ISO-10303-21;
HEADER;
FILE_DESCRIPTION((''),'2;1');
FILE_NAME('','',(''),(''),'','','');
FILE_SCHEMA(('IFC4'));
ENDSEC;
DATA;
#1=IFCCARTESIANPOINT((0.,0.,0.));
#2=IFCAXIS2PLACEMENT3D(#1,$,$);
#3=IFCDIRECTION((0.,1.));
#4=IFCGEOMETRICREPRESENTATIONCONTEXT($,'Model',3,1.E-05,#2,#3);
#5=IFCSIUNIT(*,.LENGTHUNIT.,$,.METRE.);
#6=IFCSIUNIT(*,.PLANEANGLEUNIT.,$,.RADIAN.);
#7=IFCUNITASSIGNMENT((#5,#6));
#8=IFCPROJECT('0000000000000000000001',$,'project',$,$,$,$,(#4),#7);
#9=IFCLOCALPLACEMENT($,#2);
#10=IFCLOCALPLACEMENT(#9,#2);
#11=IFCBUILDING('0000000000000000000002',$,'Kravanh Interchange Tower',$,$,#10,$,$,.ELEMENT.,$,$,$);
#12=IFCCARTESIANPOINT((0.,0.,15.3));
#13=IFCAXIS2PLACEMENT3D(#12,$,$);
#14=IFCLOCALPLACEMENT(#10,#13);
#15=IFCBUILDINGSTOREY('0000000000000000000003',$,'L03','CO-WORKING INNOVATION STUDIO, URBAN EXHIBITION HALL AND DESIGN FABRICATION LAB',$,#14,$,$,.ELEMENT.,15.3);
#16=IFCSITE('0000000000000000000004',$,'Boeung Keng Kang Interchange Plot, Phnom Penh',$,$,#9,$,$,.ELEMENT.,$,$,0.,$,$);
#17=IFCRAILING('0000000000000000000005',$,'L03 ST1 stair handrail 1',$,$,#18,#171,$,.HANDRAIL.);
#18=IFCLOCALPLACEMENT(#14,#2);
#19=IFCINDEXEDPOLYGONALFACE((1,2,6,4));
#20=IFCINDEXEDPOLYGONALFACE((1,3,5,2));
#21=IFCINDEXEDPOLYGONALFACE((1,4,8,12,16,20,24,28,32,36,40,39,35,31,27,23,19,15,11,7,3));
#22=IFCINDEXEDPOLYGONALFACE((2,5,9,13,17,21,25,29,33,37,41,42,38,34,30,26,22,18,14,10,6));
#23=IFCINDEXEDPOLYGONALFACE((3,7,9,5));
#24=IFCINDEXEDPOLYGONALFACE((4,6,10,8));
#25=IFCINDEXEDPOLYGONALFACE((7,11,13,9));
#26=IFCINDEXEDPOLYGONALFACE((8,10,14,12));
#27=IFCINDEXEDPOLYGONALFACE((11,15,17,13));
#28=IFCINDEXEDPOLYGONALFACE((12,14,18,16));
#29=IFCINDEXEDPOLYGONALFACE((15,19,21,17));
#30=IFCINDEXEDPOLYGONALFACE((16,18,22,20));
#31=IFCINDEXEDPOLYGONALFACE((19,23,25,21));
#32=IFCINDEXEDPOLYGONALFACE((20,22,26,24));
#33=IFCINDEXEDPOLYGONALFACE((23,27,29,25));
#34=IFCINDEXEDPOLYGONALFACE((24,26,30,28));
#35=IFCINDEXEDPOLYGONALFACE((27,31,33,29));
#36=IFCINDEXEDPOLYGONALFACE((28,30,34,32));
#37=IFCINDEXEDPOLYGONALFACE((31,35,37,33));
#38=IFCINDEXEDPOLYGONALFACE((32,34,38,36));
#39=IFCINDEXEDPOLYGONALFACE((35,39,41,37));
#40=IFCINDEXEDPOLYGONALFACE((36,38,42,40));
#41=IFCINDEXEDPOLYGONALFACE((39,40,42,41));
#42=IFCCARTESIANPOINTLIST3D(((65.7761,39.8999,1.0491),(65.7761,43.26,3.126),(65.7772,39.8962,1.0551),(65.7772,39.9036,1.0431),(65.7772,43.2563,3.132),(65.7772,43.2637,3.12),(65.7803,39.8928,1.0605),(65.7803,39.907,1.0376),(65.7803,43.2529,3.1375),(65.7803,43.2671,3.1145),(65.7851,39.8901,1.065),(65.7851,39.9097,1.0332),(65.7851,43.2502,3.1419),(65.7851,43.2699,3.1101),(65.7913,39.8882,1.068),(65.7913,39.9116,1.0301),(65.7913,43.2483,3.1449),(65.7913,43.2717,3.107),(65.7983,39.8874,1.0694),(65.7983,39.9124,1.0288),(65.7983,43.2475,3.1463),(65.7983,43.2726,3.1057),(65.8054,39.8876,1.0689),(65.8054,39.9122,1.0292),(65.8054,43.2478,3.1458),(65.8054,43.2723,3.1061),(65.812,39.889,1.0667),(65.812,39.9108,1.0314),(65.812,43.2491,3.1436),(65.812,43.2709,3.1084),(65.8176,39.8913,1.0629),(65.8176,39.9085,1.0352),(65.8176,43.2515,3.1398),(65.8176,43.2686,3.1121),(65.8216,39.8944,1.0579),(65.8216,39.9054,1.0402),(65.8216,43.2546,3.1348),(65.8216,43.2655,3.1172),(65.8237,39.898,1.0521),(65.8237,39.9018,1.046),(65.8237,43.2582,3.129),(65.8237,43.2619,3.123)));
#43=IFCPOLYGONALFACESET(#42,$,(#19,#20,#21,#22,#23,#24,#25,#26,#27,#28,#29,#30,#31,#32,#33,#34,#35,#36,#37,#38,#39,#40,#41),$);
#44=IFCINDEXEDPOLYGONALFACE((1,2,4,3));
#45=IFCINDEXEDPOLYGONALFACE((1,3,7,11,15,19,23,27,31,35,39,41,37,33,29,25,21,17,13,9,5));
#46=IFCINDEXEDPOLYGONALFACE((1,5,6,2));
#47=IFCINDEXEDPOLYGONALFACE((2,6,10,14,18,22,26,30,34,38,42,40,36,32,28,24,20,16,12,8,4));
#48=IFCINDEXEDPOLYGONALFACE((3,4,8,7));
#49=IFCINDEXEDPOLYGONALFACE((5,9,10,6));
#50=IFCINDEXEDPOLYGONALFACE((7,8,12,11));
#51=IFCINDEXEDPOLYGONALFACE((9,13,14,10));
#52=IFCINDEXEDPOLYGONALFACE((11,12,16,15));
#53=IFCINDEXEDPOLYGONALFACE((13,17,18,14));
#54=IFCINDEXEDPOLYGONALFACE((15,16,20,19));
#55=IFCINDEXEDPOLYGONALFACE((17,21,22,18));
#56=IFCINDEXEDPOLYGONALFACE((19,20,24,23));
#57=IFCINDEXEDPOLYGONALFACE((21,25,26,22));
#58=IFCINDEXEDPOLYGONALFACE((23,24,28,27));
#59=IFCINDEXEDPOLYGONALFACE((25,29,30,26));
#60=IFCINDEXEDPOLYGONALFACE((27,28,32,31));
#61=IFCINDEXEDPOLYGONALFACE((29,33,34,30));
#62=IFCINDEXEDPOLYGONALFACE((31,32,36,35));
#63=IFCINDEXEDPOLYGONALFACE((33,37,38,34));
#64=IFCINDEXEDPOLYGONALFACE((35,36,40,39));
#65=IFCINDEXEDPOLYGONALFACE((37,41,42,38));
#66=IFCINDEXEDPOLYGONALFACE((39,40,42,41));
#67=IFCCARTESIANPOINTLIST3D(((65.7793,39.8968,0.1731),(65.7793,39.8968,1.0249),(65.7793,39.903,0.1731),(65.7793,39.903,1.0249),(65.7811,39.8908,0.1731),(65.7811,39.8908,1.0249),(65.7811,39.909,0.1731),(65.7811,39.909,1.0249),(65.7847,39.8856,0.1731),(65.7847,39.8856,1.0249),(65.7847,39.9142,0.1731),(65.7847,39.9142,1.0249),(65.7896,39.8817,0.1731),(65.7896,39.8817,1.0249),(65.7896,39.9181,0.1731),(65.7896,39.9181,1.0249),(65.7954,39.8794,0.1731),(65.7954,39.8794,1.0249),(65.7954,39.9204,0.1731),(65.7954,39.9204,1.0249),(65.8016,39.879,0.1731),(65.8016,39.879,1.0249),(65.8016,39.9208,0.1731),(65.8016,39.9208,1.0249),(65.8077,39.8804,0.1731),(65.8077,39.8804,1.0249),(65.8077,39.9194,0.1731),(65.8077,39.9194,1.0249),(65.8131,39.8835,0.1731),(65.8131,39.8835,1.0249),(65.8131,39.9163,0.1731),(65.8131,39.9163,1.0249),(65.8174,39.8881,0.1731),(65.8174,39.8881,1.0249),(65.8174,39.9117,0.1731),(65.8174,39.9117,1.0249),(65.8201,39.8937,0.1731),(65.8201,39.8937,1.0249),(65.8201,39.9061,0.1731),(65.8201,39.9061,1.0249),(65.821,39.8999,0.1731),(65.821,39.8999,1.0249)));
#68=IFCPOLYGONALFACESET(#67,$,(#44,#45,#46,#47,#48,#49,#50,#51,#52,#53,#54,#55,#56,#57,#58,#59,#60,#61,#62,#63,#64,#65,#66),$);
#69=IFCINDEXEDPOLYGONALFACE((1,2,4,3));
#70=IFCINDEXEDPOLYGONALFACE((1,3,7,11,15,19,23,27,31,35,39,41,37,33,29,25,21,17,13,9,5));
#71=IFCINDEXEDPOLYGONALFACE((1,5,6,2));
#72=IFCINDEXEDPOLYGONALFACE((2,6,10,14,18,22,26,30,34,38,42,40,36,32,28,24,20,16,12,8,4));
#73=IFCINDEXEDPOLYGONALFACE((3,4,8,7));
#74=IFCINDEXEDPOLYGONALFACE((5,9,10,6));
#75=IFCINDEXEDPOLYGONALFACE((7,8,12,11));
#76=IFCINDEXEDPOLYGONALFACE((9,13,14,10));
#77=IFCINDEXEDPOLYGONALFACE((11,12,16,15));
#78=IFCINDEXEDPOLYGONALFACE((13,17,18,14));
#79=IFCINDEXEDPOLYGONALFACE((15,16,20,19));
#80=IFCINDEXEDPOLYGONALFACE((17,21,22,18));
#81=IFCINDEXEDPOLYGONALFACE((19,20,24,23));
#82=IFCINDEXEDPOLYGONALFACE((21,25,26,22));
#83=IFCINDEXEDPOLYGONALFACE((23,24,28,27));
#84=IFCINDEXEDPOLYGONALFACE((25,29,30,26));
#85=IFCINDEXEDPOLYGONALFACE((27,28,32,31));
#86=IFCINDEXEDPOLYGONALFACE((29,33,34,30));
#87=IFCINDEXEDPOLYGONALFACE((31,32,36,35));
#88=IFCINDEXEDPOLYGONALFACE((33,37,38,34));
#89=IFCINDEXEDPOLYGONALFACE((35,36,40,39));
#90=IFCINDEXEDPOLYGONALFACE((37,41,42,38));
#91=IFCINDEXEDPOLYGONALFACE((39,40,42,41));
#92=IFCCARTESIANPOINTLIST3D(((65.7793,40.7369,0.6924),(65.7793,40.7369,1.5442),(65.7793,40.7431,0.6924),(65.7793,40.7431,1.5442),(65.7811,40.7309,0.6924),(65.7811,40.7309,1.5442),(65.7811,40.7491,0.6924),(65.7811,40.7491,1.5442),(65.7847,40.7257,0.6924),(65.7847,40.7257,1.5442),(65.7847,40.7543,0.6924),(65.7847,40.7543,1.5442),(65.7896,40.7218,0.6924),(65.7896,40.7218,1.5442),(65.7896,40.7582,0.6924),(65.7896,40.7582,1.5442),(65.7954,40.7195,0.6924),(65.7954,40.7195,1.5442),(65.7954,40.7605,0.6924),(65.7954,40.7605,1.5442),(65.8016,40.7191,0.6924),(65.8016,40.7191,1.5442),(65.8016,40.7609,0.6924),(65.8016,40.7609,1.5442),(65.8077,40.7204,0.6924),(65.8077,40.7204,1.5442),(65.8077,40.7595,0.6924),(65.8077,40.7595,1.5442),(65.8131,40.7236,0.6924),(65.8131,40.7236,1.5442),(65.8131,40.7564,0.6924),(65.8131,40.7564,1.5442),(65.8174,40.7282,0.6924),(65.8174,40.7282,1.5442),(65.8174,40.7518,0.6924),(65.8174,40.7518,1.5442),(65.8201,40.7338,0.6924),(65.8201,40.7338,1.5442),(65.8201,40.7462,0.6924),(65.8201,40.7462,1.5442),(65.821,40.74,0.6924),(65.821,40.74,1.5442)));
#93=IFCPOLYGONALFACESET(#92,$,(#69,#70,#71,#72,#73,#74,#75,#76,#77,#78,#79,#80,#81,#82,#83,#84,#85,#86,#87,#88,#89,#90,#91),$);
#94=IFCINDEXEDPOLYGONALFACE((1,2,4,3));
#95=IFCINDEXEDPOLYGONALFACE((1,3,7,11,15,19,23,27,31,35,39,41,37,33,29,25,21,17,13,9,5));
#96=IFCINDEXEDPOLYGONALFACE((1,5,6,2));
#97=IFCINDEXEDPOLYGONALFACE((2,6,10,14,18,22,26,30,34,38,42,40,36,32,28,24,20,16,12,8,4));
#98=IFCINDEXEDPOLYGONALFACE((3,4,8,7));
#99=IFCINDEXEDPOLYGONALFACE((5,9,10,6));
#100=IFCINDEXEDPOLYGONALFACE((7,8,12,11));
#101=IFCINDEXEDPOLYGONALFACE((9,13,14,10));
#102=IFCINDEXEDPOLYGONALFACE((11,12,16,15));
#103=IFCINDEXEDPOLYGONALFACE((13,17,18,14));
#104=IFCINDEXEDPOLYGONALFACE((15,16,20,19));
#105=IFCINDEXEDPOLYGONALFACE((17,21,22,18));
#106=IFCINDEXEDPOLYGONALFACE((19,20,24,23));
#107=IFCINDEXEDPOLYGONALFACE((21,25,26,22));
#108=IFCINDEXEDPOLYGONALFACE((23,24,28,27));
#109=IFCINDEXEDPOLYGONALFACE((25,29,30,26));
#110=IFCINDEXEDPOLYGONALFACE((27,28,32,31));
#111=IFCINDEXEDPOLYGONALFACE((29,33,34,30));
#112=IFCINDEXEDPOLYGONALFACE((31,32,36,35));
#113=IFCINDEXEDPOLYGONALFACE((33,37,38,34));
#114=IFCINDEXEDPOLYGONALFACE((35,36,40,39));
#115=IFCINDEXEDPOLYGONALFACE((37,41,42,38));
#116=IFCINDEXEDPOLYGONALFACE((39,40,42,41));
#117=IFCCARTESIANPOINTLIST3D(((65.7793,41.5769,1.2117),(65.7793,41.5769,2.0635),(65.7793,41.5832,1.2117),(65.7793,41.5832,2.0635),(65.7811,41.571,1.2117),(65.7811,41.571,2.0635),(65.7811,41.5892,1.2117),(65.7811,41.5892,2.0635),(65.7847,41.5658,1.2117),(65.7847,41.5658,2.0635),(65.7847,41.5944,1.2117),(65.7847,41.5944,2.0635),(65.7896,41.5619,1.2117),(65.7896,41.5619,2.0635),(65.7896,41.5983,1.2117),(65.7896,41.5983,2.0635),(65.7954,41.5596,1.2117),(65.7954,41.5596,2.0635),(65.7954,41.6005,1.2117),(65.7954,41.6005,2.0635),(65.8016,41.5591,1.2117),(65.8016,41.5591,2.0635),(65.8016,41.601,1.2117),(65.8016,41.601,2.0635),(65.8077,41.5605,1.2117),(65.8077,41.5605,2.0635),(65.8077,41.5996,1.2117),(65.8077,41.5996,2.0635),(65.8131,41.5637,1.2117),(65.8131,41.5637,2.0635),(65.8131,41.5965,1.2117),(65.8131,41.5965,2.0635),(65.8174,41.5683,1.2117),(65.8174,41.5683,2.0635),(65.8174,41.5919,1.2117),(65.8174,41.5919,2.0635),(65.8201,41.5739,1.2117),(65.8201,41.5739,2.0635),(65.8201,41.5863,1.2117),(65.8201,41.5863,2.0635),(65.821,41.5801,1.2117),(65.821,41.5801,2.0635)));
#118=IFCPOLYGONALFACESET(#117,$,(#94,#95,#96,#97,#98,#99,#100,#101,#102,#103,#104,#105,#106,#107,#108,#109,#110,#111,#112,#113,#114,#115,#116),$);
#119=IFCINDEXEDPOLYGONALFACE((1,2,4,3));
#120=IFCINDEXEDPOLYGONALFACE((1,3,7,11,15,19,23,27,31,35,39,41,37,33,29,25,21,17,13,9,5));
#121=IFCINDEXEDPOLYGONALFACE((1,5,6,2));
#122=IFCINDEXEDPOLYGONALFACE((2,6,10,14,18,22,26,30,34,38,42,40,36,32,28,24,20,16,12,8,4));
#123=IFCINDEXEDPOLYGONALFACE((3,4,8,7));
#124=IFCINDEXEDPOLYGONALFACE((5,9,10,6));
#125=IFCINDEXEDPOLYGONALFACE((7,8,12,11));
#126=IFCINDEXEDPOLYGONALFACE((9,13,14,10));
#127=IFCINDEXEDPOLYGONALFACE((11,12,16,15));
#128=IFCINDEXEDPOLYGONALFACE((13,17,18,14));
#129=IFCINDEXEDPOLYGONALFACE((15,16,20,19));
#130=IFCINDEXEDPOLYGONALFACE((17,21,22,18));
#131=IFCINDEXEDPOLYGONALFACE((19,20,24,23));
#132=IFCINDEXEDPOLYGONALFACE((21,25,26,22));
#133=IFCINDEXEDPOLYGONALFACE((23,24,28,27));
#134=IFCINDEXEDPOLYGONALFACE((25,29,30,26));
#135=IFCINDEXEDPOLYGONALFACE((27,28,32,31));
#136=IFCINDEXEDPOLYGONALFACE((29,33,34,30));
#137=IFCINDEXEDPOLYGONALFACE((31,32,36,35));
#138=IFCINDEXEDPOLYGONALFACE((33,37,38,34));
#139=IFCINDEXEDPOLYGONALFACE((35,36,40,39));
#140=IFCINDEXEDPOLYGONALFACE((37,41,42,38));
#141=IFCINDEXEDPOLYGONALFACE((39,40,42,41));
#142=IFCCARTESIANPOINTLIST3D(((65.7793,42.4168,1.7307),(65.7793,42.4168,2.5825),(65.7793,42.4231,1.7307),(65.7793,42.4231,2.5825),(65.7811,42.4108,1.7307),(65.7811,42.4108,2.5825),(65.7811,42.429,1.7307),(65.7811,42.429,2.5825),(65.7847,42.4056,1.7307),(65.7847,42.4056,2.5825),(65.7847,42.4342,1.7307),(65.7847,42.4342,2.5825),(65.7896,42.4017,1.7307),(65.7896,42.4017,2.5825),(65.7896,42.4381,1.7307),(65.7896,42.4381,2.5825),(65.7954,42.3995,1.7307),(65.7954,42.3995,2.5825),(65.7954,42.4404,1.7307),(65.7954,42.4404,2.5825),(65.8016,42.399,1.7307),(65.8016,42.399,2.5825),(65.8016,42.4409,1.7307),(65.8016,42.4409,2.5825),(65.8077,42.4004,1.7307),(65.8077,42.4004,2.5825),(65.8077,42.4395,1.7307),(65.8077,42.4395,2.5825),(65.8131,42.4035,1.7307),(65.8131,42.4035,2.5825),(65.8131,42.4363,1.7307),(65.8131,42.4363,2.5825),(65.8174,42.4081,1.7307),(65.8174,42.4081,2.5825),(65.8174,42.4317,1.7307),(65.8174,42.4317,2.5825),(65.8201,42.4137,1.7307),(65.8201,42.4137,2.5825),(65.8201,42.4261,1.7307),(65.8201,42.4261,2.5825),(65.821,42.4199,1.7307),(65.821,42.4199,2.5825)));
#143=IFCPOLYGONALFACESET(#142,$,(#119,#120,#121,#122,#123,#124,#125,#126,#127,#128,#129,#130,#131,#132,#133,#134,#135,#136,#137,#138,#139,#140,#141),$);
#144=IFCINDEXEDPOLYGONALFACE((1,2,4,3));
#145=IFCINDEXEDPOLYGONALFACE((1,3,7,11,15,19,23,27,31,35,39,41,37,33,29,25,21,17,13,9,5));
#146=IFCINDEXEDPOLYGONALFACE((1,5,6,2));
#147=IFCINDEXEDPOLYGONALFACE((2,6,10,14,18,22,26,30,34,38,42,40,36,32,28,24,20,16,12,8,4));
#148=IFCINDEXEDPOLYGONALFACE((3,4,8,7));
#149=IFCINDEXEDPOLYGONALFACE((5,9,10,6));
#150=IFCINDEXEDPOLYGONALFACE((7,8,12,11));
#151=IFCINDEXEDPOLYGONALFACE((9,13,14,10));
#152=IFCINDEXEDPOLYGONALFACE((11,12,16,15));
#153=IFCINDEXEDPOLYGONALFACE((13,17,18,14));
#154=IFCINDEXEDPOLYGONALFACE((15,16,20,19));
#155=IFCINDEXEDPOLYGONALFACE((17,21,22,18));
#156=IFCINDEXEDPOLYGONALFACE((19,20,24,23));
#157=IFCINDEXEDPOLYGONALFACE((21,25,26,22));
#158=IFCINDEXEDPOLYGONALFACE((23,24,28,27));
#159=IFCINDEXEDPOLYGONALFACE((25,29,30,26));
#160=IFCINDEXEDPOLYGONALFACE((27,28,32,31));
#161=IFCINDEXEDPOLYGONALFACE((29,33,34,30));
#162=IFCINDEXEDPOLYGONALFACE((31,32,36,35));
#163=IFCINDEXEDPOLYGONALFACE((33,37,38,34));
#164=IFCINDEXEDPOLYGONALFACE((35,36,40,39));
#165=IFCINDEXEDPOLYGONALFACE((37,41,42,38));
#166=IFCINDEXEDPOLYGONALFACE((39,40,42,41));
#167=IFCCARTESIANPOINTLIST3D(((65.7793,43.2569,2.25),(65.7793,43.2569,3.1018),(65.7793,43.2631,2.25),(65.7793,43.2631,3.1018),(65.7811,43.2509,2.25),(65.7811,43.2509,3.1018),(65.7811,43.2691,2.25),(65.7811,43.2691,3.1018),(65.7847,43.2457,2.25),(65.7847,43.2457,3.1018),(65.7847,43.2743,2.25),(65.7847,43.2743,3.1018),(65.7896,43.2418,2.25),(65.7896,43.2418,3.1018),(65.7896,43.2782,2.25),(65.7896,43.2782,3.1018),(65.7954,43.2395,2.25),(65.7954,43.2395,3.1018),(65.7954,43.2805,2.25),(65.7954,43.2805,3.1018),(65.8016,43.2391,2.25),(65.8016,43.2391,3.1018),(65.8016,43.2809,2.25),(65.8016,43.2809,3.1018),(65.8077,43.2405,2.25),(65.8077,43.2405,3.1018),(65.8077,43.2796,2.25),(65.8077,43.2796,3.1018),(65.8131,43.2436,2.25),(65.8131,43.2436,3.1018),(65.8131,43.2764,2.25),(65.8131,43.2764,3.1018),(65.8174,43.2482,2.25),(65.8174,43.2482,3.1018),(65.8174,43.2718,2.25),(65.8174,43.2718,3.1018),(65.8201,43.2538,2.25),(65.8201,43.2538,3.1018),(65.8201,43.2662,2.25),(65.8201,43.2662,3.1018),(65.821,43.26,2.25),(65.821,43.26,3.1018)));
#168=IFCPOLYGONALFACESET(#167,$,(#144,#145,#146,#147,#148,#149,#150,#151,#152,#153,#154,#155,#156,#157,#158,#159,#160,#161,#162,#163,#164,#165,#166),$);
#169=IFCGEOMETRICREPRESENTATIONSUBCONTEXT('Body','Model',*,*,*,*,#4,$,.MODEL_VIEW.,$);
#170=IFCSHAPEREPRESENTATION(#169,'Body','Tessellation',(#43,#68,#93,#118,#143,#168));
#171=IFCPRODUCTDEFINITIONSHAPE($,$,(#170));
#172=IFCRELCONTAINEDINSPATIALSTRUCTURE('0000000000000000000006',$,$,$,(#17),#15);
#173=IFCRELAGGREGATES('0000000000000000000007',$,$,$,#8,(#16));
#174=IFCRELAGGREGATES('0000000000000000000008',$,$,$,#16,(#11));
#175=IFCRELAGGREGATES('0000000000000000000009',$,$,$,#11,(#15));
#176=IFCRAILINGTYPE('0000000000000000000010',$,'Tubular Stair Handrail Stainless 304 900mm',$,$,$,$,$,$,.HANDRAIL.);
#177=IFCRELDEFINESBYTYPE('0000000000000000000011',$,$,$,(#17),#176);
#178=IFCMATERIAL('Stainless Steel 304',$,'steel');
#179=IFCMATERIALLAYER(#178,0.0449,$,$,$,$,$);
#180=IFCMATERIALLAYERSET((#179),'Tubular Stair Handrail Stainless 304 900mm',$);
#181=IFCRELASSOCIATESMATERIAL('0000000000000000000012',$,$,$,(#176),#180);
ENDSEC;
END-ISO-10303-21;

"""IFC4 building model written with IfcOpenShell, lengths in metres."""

from ifc_helpers import new_model, si_unit, direction, frame, origin, origin_2d, place, context, subcontext, project, spatial, circle, extrude, material, layer, layer_set, type_object, element, save


model = new_model("IFC4")

# Units and contexts
model_context = context("Model", 3, precision=1e-05, world=origin(), true_north=direction((0.0, 1.0)))
body_context = subcontext(model_context, "Body", "Model", "MODEL_VIEW")
ifc_project = project(units=[si_unit("LENGTHUNIT", "METRE"), si_unit("PLANEANGLEUNIT", "RADIAN")], contexts=[model_context])

# Site, building, storey
site_placement = place(None, origin())
site = spatial("IfcSite", under=ifc_project, at=site_placement, Name="Boeung Keng Kang Interchange Plot, Phnom Penh", CompositionType="ELEMENT", RefElevation=0.0)
building_placement = place(site_placement, origin())
building = spatial("IfcBuilding", under=site, at=building_placement, Name="Kravanh Interchange Tower", CompositionType="ELEMENT")
storey_placement = place(building_placement, frame((0.0, 0.0, 15.3)))
storey = spatial("IfcBuildingStorey", under=building, at=storey_placement, Name="L03", Description="CO-WORKING INNOVATION STUDIO, URBAN EXHIBITION HALL AND DESIGN FABRICATION LAB", CompositionType="ELEMENT", Elevation=15.3)

# Railing
ifc_material_1 = material(Name="Stainless Steel 304", Category="steel")
ifc_layer_1 = layer(ifc_material_1, 0.0449)
ifc_layer_set_1 = layer_set([ifc_layer_1], Name="Tubular Stair Handrail Stainless 304 900mm")
railing_type_1 = type_object("IfcRailingType", Name="Tubular Stair Handrail Stainless 304 900mm", PredefinedType="HANDRAIL", material=ifc_layer_set_1)
railing_1_placement = place(storey_placement, frame((65.8, 39.8999, 0.1731)))
element("IfcRailing", 1, at=railing_1_placement, inside=storey, type_object=railing_type_1, Name="L03 ST1 stair handrail 1", PredefinedType="HANDRAIL", context=body_context, shape_type="SweptSolid", body=[
    extrude(circle(Radius=0.0239, at=origin_2d()), frame((0.0, 0.0, 0.876), z_axis=(0.0, 0.850623, 0.525776), x_axis=(-1.0, 0.0, 0.0)), (0.0, 0.0, 1.0), 3.9502),
    extrude(circle(Radius=0.021, at=origin_2d()), origin(), (0.0, 0.0, 1.0), 0.8518),
    extrude(circle(Radius=0.021, at=origin_2d()), frame((0.0, 0.8401, 0.5193)), (0.0, 0.0, 1.0), 0.8518),
    extrude(circle(Radius=0.021, at=origin_2d()), frame((0.0, 1.6802, 1.0386)), (0.0, 0.0, 1.0), 0.8518),
    extrude(circle(Radius=0.021, at=origin_2d()), frame((0.0, 2.52, 1.5576)), (0.0, 0.0, 1.0), 0.8518),
    extrude(circle(Radius=0.021, at=origin_2d()), frame((0.0, 3.3601, 2.0769)), (0.0, 0.0, 1.0), 0.8518),
])

save(model, "model.ifc")
